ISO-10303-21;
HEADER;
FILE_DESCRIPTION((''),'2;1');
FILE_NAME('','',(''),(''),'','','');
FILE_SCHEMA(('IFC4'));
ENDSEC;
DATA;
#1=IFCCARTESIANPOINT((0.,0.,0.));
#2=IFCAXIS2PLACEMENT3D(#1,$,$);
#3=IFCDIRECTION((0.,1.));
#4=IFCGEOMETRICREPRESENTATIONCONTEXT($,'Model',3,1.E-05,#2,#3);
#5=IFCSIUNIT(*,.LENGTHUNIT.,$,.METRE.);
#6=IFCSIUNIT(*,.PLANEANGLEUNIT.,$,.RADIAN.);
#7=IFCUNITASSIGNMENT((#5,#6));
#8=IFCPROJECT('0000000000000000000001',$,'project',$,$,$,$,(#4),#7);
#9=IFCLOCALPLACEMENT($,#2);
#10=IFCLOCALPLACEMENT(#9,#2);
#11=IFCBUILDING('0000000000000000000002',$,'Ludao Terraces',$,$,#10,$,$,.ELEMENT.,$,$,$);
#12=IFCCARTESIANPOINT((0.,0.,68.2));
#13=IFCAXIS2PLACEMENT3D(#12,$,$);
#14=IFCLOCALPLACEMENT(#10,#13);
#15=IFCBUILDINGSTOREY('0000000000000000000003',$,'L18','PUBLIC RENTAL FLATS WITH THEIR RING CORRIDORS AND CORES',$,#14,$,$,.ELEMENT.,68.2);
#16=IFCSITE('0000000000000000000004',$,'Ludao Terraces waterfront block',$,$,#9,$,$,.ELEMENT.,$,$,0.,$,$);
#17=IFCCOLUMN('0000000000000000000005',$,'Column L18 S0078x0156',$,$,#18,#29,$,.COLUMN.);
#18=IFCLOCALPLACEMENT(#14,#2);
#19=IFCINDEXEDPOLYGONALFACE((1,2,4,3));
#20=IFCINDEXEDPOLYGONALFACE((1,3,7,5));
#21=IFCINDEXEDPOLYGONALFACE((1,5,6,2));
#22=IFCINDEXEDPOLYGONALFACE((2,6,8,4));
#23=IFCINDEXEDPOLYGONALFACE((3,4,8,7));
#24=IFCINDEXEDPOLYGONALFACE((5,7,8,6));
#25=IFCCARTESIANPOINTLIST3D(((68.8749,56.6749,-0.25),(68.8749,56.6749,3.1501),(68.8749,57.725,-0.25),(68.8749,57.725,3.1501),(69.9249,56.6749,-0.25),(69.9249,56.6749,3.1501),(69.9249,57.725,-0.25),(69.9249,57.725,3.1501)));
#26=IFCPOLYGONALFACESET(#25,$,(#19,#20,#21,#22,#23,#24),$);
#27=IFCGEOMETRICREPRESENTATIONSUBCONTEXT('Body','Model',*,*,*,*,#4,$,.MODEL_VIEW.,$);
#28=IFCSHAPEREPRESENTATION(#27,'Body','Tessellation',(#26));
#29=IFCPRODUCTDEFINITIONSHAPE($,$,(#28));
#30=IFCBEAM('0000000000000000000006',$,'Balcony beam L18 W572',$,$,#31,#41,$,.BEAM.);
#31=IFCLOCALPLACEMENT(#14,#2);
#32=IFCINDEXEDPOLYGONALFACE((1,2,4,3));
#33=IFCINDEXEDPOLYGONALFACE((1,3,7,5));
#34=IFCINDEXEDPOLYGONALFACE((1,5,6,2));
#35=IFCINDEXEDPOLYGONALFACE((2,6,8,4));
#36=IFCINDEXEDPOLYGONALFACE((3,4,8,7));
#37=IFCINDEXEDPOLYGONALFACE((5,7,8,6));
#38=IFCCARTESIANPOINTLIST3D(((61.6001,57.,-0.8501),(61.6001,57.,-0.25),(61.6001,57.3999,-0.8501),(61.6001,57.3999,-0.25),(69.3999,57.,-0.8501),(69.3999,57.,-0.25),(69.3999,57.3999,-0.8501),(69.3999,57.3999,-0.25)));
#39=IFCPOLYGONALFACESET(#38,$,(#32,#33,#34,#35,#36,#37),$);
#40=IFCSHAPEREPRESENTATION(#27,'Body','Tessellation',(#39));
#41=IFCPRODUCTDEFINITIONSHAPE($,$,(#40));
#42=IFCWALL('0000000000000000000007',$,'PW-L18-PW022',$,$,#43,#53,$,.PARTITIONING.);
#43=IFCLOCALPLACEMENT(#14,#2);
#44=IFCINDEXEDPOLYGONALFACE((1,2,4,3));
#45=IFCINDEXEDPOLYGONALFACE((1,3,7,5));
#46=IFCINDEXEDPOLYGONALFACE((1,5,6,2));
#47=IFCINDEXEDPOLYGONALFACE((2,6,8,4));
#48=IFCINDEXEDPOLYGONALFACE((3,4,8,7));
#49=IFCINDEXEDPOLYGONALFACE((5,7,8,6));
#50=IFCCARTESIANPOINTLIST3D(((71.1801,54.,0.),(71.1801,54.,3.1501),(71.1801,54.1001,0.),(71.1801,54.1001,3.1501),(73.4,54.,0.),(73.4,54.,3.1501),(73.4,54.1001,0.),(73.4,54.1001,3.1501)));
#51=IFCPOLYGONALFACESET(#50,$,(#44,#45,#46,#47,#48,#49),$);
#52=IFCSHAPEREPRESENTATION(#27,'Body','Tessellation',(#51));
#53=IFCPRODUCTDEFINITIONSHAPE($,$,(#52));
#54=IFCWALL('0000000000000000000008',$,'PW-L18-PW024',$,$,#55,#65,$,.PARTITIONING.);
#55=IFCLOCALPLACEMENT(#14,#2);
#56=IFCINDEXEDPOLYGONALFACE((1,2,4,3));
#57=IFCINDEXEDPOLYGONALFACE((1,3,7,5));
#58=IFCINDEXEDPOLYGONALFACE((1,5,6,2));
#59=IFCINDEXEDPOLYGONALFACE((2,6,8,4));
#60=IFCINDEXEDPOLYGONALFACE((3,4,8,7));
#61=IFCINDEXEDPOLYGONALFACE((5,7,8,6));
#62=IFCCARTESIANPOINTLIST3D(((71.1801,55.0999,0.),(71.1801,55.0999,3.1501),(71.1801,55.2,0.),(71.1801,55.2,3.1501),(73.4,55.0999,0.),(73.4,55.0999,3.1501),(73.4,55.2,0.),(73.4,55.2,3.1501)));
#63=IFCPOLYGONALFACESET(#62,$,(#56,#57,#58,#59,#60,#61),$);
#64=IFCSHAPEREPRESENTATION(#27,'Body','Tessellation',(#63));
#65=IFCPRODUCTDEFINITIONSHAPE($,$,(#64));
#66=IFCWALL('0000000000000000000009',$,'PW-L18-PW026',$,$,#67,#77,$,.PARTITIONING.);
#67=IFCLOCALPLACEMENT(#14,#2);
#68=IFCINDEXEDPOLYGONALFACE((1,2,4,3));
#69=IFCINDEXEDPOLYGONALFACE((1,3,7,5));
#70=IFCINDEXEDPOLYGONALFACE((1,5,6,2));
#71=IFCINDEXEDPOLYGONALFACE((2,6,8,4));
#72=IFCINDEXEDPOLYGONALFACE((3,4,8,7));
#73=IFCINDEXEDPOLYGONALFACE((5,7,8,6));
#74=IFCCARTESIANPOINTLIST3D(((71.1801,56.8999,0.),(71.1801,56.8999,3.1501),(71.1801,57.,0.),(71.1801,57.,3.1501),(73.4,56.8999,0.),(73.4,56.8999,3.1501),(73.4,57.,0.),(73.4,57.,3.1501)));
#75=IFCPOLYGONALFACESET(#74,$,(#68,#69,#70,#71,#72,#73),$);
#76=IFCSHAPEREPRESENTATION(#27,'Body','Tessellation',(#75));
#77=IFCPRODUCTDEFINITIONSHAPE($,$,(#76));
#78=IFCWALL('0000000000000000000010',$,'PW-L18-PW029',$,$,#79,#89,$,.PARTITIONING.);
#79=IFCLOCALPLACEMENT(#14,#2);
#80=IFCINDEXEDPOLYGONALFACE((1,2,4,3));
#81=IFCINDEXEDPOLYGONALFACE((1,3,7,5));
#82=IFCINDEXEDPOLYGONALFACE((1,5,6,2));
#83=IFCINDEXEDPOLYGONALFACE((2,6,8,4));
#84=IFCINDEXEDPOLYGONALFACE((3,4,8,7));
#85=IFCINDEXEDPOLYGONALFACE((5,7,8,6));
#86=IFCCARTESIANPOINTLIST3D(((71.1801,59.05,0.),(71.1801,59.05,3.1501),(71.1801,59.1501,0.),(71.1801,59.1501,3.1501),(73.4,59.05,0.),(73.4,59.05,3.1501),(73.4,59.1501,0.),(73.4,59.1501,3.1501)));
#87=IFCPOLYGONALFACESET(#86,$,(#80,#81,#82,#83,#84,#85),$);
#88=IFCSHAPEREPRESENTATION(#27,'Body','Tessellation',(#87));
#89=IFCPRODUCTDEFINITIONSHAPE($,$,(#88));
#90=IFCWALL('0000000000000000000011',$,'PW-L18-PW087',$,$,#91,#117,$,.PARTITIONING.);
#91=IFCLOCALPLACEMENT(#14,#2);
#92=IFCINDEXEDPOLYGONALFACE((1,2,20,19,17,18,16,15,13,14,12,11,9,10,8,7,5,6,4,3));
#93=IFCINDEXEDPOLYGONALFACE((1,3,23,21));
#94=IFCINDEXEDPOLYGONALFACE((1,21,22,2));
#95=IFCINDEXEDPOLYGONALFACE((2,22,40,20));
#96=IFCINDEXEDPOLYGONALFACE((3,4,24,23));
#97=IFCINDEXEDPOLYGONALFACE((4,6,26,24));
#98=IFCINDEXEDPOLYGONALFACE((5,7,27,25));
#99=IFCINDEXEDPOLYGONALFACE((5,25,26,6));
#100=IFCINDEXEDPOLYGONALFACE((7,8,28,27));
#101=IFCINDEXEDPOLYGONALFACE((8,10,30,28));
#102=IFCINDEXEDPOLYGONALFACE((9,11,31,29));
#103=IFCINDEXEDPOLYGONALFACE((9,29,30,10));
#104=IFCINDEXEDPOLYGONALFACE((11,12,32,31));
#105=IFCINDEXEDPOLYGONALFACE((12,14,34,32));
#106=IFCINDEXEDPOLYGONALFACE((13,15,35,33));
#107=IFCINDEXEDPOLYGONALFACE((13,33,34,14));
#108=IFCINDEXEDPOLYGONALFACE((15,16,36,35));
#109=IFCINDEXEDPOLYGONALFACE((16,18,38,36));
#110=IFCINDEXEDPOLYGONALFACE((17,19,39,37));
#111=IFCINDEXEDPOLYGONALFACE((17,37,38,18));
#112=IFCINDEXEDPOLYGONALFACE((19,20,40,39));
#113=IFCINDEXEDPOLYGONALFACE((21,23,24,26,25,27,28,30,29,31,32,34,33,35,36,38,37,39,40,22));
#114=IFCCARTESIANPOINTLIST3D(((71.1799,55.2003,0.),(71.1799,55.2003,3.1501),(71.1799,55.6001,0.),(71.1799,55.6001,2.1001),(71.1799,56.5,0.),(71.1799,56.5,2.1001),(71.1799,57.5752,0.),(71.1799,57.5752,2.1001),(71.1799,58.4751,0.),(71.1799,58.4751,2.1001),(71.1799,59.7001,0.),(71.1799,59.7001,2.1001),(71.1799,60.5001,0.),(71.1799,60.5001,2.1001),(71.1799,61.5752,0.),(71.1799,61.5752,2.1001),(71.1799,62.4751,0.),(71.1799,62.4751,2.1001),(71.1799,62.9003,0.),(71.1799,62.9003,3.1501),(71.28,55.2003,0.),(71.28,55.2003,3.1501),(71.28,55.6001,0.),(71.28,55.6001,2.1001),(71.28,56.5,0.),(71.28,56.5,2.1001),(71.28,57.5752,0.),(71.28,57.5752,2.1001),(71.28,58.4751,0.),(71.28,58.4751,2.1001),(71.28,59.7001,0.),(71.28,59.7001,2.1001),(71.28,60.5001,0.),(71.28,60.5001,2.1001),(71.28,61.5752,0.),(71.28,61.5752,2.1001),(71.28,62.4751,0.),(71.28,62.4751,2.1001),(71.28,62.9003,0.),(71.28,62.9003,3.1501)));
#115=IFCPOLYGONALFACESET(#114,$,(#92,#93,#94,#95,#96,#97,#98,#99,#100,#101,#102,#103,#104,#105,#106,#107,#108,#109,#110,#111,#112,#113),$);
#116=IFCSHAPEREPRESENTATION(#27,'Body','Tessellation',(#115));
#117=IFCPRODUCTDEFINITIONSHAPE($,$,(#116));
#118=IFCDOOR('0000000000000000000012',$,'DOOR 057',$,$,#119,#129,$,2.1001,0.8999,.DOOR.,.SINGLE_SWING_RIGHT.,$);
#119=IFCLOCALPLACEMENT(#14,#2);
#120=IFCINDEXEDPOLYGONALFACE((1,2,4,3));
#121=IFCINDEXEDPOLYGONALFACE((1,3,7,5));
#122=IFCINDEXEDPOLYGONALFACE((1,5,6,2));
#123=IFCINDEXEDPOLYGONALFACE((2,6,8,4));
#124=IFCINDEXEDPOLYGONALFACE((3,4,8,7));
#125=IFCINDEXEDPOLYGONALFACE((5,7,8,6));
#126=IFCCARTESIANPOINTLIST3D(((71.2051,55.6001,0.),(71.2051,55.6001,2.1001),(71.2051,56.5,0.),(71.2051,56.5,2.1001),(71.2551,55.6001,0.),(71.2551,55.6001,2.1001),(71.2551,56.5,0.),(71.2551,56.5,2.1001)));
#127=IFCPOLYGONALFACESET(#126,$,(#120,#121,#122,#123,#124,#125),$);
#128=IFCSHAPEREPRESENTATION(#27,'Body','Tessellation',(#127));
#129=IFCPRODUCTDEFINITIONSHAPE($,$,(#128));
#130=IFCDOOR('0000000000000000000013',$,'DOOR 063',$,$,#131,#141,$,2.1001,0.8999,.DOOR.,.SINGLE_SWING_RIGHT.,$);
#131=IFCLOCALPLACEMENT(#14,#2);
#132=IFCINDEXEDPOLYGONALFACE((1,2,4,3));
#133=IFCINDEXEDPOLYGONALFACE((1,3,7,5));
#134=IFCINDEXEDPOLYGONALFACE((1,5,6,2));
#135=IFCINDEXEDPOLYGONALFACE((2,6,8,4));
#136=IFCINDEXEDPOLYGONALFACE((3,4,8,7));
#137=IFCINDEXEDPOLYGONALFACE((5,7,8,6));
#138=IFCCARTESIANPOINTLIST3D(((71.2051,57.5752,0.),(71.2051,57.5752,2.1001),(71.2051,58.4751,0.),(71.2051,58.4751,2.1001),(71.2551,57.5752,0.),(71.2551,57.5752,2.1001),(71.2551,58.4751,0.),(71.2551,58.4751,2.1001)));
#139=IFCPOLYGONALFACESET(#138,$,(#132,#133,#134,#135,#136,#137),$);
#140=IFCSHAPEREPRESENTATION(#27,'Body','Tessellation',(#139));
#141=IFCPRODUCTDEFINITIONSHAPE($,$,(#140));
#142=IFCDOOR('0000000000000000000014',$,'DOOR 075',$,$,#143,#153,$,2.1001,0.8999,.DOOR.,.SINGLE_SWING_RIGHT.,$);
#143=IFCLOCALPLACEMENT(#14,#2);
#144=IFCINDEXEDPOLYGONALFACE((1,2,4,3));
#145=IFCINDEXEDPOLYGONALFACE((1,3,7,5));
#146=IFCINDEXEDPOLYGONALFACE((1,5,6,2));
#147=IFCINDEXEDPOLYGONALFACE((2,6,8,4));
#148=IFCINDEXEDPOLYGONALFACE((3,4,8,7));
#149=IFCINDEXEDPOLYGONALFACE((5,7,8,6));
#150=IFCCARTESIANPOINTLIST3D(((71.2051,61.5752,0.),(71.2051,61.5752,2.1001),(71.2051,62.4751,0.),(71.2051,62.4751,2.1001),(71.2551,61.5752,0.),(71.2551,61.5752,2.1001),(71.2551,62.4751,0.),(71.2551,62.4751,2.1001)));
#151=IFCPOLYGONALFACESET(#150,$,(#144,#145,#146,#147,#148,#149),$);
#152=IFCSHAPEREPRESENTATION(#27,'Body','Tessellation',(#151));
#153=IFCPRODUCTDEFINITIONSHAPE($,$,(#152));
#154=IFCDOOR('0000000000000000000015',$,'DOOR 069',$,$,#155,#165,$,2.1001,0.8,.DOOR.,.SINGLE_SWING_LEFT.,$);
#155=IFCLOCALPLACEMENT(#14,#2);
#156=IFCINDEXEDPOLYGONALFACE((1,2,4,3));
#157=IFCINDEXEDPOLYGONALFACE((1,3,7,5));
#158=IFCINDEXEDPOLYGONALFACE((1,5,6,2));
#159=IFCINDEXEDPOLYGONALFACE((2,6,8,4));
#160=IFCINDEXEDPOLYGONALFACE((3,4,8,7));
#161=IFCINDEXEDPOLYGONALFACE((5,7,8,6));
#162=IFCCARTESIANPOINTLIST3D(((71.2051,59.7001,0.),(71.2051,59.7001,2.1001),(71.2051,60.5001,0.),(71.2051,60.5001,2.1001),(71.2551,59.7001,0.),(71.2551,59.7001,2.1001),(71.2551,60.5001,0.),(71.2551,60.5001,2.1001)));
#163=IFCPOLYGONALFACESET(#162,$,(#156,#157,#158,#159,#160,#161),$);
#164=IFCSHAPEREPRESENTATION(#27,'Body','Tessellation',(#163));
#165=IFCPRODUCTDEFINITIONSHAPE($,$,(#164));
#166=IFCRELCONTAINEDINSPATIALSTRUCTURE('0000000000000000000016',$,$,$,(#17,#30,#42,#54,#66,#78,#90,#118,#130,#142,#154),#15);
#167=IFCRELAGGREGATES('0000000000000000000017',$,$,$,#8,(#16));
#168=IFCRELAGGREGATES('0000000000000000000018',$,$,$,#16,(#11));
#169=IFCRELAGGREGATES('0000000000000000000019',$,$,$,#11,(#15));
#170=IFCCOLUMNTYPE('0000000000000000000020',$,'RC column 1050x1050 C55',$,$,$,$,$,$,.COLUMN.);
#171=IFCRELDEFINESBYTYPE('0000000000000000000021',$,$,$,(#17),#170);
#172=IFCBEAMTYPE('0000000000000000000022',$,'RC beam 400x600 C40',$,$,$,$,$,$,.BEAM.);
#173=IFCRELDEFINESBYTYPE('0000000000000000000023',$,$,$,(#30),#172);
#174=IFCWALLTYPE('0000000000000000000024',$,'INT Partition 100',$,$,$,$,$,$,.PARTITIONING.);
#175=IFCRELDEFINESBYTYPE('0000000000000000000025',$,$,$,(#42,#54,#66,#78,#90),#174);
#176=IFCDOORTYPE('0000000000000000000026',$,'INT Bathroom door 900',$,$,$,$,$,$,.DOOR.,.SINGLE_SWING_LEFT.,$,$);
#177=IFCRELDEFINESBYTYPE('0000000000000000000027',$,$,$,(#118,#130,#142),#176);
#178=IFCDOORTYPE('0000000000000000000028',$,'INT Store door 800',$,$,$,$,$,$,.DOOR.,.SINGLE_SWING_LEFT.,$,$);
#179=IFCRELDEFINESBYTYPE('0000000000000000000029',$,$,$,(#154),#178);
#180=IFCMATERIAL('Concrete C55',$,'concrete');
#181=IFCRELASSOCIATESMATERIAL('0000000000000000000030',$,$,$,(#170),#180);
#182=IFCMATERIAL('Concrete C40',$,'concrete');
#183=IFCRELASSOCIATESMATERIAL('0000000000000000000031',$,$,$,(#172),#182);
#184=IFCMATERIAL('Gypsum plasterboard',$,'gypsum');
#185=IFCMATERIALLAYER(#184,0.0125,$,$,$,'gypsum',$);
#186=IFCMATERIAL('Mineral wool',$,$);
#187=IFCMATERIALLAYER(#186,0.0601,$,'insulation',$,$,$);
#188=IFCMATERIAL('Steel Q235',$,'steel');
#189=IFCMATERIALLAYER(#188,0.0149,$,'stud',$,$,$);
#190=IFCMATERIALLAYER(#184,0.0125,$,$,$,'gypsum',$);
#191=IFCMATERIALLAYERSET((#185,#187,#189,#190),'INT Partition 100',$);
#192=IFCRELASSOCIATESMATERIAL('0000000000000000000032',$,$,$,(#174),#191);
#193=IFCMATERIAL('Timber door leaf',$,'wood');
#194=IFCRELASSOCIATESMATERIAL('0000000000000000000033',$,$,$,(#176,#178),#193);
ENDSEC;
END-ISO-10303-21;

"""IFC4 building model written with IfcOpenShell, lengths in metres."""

from ifc_helpers import new_model, si_unit, direction, frame, frame_2d, origin, origin_2d, place, context, subcontext, project, spatial, rectangle, extrude, material, layer, layer_set, material_profile, profile_set, type_object, element, fill, save


model = new_model("IFC4")

# Units and contexts
model_context = context("Model", 3, precision=1e-05, world=origin(), true_north=direction((0.0, 1.0)))
body_context = subcontext(model_context, "Body", "Model", "MODEL_VIEW")
ifc_project = project(units=[si_unit("LENGTHUNIT", "METRE"), si_unit("PLANEANGLEUNIT", "RADIAN")], contexts=[model_context])

# Site, building, storey
site_placement = place(None, origin())
site = spatial("IfcSite", under=ifc_project, at=site_placement, Name="Ludao Terraces waterfront block", CompositionType="ELEMENT", RefElevation=0.0)
building_placement = place(site_placement, origin())
building = spatial("IfcBuilding", under=site, at=building_placement, Name="Ludao Terraces", CompositionType="ELEMENT")
storey_placement = place(building_placement, frame((0.0, 0.0, 68.2)))
storey = spatial("IfcBuildingStorey", under=building, at=storey_placement, Name="L18", Description="PUBLIC RENTAL FLATS WITH THEIR RING CORRIDORS AND CORES", CompositionType="ELEMENT", Elevation=68.2)

# Column
ifc_material_1 = material(Name="Concrete C55", Category="concrete")
ifc_material_profile_1 = material_profile(ifc_material_1, rectangle(XDim=1.05, YDim=1.05, at=origin_2d()), Name="1050 X 1050")
ifc_profile_set_1 = profile_set([ifc_material_profile_1], Name="Concrete C55")
column_type = type_object("IfcColumnType", Name="RC column 1050x1050 C55", PredefinedType="COLUMN", material=ifc_profile_set_1)
column_placement = place(storey_placement, frame((69.3999, 57.2, -0.25), z_axis=(0.0, 0.0, 1.0), x_axis=(1.0, 0.0, 0.0)))
element("IfcColumn", 1, at=column_placement, inside=storey, type_object=column_type, Name="Column L18 S0078x0156", PredefinedType="COLUMN", context=body_context, shape_type="SweptSolid", body=[
    extrude(rectangle(XDim=1.05, YDim=1.05, at=origin_2d()), origin(), (0.0, 0.0, 1.0), 3.4001),
])

# Beam
ifc_material_2 = material(Name="Concrete C40", Category="concrete")
ifc_material_profile_2 = material_profile(ifc_material_2, rectangle(XDim=0.3999, YDim=0.6001, at=origin_2d()), Name="400 X 600")
ifc_profile_set_2 = profile_set([ifc_material_profile_2], Name="Concrete C40")
beam_type = type_object("IfcBeamType", Name="RC beam 400x600 C40", PredefinedType="BEAM", material=ifc_profile_set_2)
beam_placement = place(storey_placement, frame((69.3999, 57.2, -0.55), z_axis=(-1.0, 0.0, 0.0), x_axis=(0.0, -1.0, 0.0)))
element("IfcBeam", 2, at=beam_placement, inside=storey, type_object=beam_type, Name="Balcony beam L18 W572", PredefinedType="BEAM", context=body_context, shape_type="SweptSolid", body=[
    extrude(rectangle(XDim=0.3999, YDim=0.6001, at=origin_2d()), origin(), (0.0, 0.0, 1.0), 7.7998),
])

# Walls
ifc_material_3 = material(Name="Gypsum plasterboard", Category="gypsum")
ifc_layer_1 = layer(ifc_material_3, 0.0125, Category="gypsum")
ifc_material_4 = material(Name="Mineral wool")
ifc_layer_2 = layer(ifc_material_4, 0.0601, Name="insulation")
ifc_material_5 = material(Name="Steel Q235", Category="steel")
ifc_layer_3 = layer(ifc_material_5, 0.0149, Name="stud")
ifc_layer_4 = layer(ifc_material_3, 0.0125, Category="gypsum")
ifc_layer_set = layer_set([ifc_layer_1, ifc_layer_2, ifc_layer_3, ifc_layer_4], Name="INT Partition 100")
wall_type = type_object("IfcWallType", Name="INT Partition 100", PredefinedType="PARTITIONING", material=ifc_layer_set)
for number, where, z_axis, x_axis, name in (
    (3, (71.1802, 54.05, 0.0), (0.0, 0.0, 1.0), (1.0, 0.0, 0.0), "PW-L18-PW022"),
    (4, (71.1802, 55.1499, 0.0), (0.0, 0.0, 1.0), (1.0, 0.0, 0.0), "PW-L18-PW024"),
    (5, (71.1802, 56.95, 0.0), (0.0, 0.0, 1.0), (1.0, 0.0, 0.0), "PW-L18-PW026"),
    (6, (71.1802, 59.1001, 0.0), (0.0, 0.0, 1.0), (1.0, 0.0, 0.0), "PW-L18-PW029"),
):
    element("IfcWall", number, at=place(storey_placement, frame(where, z_axis=z_axis, x_axis=x_axis)), inside=storey, type_object=wall_type, Name=name, PredefinedType="PARTITIONING", context=body_context, shape_type="SweptSolid", body=[
        extrude(rectangle(XDim=2.22, YDim=0.1001, at=frame_2d((1.1099, 0.0))), origin(), (0.0, 0.0, 1.0), 3.1501),
    ])

# Wall, openings, doors
wall_placement = place(storey_placement, frame((71.23, 55.2002, 0.0), z_axis=(0.0, 0.0, 1.0), x_axis=(0.0, 1.0, 0.0)))
wall = element("IfcWall", 7, at=wall_placement, inside=storey, type_object=wall_type, Name="PW-L18-PW087", PredefinedType="PARTITIONING", context=body_context, shape_type="SweptSolid", body=[
    extrude(rectangle(XDim=7.7, YDim=0.1001, at=frame_2d((3.8501, 0.0))), origin(), (0.0, 0.0, 1.0), 3.1501),
])
opening_1_placement = place(wall_placement, frame((0.3999, 0.0, 0.0)))
opening_1 = element("IfcOpeningElement", 8, at=opening_1_placement, cuts=wall, PredefinedType="OPENING", context=body_context, shape_type="SweptSolid", body=[
    extrude(rectangle(XDim=0.8999, YDim=2.1001, at=frame_2d((0.45, 1.05))), frame((0.0, 0.0601, 0.0), z_axis=(0.0, -1.0, 0.0), x_axis=(1.0, 0.0, 0.0)), (0.0, 0.0, 1.0), 0.1201),
])
opening_2_placement = place(wall_placement, frame((2.375, 0.0, 0.0)))
opening_2 = element("IfcOpeningElement", 9, at=opening_2_placement, cuts=wall, PredefinedType="OPENING", context=body_context, shape_type="SweptSolid", body=[
    extrude(rectangle(XDim=0.8999, YDim=2.1001, at=frame_2d((0.45, 1.05))), frame((0.0, 0.0601, 0.0), z_axis=(0.0, -1.0, 0.0), x_axis=(1.0, 0.0, 0.0)), (0.0, 0.0, 1.0), 0.1201),
])
opening_3_placement = place(wall_placement, frame((4.5, 0.0, 0.0)))
opening_3 = element("IfcOpeningElement", 10, at=opening_3_placement, cuts=wall, PredefinedType="OPENING", context=body_context, shape_type="SweptSolid", body=[
    extrude(rectangle(XDim=0.8, YDim=2.1001, at=frame_2d((0.3999, 1.05))), frame((0.0, 0.0601, 0.0), z_axis=(0.0, -1.0, 0.0), x_axis=(1.0, 0.0, 0.0)), (0.0, 0.0, 1.0), 0.1201),
])
opening_4_placement = place(wall_placement, frame((6.375, 0.0, 0.0)))
opening_4 = element("IfcOpeningElement", 11, at=opening_4_placement, cuts=wall, PredefinedType="OPENING", context=body_context, shape_type="SweptSolid", body=[
    extrude(rectangle(XDim=0.8999, YDim=2.1001, at=frame_2d((0.45, 1.05))), frame((0.0, 0.0601, 0.0), z_axis=(0.0, -1.0, 0.0), x_axis=(1.0, 0.0, 0.0)), (0.0, 0.0, 1.0), 0.1201),
])
ifc_material_6 = material(Name="Timber door leaf", Category="wood")
door_type_1 = type_object("IfcDoorType", Name="INT Bathroom door 900", OperationType="SINGLE_SWING_LEFT", PredefinedType="DOOR", material=ifc_material_6)
door_1_placement = place(opening_1_placement, origin())
door_1 = element("IfcDoor", 12, at=door_1_placement, inside=storey, type_object=door_type_1, Name="DOOR 057", OperationType="SINGLE_SWING_RIGHT", OverallHeight=2.1001, OverallWidth=0.8999, PredefinedType="DOOR", context=body_context, shape_type="SweptSolid", body=[
    extrude(rectangle(XDim=0.8999, YDim=2.1001, at=frame_2d((0.45, 1.05))), frame((0.0, 0.0249, 0.0), z_axis=(0.0, -1.0, 0.0), x_axis=(1.0, 0.0, 0.0)), (0.0, 0.0, 1.0), 0.05),
])
fill(opening_1, door_1)
door_2_placement = place(opening_2_placement, origin())
door_2 = element("IfcDoor", 13, at=door_2_placement, inside=storey, type_object=door_type_1, Name="DOOR 063", OperationType="SINGLE_SWING_RIGHT", OverallHeight=2.1001, OverallWidth=0.8999, PredefinedType="DOOR", context=body_context, shape_type="SweptSolid", body=[
    extrude(rectangle(XDim=0.8999, YDim=2.1001, at=frame_2d((0.45, 1.05))), frame((0.0, 0.0249, 0.0), z_axis=(0.0, -1.0, 0.0), x_axis=(1.0, 0.0, 0.0)), (0.0, 0.0, 1.0), 0.05),
])
fill(opening_2, door_2)
door_3_placement = place(opening_4_placement, origin())
door_3 = element("IfcDoor", 14, at=door_3_placement, inside=storey, type_object=door_type_1, Name="DOOR 075", OperationType="SINGLE_SWING_RIGHT", OverallHeight=2.1001, OverallWidth=0.8999, PredefinedType="DOOR", context=body_context, shape_type="SweptSolid", body=[
    extrude(rectangle(XDim=0.8999, YDim=2.1001, at=frame_2d((0.45, 1.05))), frame((0.0, 0.0249, 0.0), z_axis=(0.0, -1.0, 0.0), x_axis=(1.0, 0.0, 0.0)), (0.0, 0.0, 1.0), 0.05),
])
fill(opening_4, door_3)
door_type_2 = type_object("IfcDoorType", Name="INT Store door 800", OperationType="SINGLE_SWING_LEFT", PredefinedType="DOOR", material=ifc_material_6)
door_4_placement = place(opening_3_placement, origin())
door_4 = element("IfcDoor", 15, at=door_4_placement, inside=storey, type_object=door_type_2, Name="DOOR 069", OperationType="SINGLE_SWING_LEFT", OverallHeight=2.1001, OverallWidth=0.8, PredefinedType="DOOR", context=body_context, shape_type="SweptSolid", body=[
    extrude(rectangle(XDim=0.8, YDim=2.1001, at=frame_2d((0.3999, 1.05))), frame((0.0, 0.0249, 0.0), z_axis=(0.0, -1.0, 0.0), x_axis=(1.0, 0.0, 0.0)), (0.0, 0.0, 1.0), 0.05),
])
fill(opening_3, door_4)

save(model, "model.ifc")
